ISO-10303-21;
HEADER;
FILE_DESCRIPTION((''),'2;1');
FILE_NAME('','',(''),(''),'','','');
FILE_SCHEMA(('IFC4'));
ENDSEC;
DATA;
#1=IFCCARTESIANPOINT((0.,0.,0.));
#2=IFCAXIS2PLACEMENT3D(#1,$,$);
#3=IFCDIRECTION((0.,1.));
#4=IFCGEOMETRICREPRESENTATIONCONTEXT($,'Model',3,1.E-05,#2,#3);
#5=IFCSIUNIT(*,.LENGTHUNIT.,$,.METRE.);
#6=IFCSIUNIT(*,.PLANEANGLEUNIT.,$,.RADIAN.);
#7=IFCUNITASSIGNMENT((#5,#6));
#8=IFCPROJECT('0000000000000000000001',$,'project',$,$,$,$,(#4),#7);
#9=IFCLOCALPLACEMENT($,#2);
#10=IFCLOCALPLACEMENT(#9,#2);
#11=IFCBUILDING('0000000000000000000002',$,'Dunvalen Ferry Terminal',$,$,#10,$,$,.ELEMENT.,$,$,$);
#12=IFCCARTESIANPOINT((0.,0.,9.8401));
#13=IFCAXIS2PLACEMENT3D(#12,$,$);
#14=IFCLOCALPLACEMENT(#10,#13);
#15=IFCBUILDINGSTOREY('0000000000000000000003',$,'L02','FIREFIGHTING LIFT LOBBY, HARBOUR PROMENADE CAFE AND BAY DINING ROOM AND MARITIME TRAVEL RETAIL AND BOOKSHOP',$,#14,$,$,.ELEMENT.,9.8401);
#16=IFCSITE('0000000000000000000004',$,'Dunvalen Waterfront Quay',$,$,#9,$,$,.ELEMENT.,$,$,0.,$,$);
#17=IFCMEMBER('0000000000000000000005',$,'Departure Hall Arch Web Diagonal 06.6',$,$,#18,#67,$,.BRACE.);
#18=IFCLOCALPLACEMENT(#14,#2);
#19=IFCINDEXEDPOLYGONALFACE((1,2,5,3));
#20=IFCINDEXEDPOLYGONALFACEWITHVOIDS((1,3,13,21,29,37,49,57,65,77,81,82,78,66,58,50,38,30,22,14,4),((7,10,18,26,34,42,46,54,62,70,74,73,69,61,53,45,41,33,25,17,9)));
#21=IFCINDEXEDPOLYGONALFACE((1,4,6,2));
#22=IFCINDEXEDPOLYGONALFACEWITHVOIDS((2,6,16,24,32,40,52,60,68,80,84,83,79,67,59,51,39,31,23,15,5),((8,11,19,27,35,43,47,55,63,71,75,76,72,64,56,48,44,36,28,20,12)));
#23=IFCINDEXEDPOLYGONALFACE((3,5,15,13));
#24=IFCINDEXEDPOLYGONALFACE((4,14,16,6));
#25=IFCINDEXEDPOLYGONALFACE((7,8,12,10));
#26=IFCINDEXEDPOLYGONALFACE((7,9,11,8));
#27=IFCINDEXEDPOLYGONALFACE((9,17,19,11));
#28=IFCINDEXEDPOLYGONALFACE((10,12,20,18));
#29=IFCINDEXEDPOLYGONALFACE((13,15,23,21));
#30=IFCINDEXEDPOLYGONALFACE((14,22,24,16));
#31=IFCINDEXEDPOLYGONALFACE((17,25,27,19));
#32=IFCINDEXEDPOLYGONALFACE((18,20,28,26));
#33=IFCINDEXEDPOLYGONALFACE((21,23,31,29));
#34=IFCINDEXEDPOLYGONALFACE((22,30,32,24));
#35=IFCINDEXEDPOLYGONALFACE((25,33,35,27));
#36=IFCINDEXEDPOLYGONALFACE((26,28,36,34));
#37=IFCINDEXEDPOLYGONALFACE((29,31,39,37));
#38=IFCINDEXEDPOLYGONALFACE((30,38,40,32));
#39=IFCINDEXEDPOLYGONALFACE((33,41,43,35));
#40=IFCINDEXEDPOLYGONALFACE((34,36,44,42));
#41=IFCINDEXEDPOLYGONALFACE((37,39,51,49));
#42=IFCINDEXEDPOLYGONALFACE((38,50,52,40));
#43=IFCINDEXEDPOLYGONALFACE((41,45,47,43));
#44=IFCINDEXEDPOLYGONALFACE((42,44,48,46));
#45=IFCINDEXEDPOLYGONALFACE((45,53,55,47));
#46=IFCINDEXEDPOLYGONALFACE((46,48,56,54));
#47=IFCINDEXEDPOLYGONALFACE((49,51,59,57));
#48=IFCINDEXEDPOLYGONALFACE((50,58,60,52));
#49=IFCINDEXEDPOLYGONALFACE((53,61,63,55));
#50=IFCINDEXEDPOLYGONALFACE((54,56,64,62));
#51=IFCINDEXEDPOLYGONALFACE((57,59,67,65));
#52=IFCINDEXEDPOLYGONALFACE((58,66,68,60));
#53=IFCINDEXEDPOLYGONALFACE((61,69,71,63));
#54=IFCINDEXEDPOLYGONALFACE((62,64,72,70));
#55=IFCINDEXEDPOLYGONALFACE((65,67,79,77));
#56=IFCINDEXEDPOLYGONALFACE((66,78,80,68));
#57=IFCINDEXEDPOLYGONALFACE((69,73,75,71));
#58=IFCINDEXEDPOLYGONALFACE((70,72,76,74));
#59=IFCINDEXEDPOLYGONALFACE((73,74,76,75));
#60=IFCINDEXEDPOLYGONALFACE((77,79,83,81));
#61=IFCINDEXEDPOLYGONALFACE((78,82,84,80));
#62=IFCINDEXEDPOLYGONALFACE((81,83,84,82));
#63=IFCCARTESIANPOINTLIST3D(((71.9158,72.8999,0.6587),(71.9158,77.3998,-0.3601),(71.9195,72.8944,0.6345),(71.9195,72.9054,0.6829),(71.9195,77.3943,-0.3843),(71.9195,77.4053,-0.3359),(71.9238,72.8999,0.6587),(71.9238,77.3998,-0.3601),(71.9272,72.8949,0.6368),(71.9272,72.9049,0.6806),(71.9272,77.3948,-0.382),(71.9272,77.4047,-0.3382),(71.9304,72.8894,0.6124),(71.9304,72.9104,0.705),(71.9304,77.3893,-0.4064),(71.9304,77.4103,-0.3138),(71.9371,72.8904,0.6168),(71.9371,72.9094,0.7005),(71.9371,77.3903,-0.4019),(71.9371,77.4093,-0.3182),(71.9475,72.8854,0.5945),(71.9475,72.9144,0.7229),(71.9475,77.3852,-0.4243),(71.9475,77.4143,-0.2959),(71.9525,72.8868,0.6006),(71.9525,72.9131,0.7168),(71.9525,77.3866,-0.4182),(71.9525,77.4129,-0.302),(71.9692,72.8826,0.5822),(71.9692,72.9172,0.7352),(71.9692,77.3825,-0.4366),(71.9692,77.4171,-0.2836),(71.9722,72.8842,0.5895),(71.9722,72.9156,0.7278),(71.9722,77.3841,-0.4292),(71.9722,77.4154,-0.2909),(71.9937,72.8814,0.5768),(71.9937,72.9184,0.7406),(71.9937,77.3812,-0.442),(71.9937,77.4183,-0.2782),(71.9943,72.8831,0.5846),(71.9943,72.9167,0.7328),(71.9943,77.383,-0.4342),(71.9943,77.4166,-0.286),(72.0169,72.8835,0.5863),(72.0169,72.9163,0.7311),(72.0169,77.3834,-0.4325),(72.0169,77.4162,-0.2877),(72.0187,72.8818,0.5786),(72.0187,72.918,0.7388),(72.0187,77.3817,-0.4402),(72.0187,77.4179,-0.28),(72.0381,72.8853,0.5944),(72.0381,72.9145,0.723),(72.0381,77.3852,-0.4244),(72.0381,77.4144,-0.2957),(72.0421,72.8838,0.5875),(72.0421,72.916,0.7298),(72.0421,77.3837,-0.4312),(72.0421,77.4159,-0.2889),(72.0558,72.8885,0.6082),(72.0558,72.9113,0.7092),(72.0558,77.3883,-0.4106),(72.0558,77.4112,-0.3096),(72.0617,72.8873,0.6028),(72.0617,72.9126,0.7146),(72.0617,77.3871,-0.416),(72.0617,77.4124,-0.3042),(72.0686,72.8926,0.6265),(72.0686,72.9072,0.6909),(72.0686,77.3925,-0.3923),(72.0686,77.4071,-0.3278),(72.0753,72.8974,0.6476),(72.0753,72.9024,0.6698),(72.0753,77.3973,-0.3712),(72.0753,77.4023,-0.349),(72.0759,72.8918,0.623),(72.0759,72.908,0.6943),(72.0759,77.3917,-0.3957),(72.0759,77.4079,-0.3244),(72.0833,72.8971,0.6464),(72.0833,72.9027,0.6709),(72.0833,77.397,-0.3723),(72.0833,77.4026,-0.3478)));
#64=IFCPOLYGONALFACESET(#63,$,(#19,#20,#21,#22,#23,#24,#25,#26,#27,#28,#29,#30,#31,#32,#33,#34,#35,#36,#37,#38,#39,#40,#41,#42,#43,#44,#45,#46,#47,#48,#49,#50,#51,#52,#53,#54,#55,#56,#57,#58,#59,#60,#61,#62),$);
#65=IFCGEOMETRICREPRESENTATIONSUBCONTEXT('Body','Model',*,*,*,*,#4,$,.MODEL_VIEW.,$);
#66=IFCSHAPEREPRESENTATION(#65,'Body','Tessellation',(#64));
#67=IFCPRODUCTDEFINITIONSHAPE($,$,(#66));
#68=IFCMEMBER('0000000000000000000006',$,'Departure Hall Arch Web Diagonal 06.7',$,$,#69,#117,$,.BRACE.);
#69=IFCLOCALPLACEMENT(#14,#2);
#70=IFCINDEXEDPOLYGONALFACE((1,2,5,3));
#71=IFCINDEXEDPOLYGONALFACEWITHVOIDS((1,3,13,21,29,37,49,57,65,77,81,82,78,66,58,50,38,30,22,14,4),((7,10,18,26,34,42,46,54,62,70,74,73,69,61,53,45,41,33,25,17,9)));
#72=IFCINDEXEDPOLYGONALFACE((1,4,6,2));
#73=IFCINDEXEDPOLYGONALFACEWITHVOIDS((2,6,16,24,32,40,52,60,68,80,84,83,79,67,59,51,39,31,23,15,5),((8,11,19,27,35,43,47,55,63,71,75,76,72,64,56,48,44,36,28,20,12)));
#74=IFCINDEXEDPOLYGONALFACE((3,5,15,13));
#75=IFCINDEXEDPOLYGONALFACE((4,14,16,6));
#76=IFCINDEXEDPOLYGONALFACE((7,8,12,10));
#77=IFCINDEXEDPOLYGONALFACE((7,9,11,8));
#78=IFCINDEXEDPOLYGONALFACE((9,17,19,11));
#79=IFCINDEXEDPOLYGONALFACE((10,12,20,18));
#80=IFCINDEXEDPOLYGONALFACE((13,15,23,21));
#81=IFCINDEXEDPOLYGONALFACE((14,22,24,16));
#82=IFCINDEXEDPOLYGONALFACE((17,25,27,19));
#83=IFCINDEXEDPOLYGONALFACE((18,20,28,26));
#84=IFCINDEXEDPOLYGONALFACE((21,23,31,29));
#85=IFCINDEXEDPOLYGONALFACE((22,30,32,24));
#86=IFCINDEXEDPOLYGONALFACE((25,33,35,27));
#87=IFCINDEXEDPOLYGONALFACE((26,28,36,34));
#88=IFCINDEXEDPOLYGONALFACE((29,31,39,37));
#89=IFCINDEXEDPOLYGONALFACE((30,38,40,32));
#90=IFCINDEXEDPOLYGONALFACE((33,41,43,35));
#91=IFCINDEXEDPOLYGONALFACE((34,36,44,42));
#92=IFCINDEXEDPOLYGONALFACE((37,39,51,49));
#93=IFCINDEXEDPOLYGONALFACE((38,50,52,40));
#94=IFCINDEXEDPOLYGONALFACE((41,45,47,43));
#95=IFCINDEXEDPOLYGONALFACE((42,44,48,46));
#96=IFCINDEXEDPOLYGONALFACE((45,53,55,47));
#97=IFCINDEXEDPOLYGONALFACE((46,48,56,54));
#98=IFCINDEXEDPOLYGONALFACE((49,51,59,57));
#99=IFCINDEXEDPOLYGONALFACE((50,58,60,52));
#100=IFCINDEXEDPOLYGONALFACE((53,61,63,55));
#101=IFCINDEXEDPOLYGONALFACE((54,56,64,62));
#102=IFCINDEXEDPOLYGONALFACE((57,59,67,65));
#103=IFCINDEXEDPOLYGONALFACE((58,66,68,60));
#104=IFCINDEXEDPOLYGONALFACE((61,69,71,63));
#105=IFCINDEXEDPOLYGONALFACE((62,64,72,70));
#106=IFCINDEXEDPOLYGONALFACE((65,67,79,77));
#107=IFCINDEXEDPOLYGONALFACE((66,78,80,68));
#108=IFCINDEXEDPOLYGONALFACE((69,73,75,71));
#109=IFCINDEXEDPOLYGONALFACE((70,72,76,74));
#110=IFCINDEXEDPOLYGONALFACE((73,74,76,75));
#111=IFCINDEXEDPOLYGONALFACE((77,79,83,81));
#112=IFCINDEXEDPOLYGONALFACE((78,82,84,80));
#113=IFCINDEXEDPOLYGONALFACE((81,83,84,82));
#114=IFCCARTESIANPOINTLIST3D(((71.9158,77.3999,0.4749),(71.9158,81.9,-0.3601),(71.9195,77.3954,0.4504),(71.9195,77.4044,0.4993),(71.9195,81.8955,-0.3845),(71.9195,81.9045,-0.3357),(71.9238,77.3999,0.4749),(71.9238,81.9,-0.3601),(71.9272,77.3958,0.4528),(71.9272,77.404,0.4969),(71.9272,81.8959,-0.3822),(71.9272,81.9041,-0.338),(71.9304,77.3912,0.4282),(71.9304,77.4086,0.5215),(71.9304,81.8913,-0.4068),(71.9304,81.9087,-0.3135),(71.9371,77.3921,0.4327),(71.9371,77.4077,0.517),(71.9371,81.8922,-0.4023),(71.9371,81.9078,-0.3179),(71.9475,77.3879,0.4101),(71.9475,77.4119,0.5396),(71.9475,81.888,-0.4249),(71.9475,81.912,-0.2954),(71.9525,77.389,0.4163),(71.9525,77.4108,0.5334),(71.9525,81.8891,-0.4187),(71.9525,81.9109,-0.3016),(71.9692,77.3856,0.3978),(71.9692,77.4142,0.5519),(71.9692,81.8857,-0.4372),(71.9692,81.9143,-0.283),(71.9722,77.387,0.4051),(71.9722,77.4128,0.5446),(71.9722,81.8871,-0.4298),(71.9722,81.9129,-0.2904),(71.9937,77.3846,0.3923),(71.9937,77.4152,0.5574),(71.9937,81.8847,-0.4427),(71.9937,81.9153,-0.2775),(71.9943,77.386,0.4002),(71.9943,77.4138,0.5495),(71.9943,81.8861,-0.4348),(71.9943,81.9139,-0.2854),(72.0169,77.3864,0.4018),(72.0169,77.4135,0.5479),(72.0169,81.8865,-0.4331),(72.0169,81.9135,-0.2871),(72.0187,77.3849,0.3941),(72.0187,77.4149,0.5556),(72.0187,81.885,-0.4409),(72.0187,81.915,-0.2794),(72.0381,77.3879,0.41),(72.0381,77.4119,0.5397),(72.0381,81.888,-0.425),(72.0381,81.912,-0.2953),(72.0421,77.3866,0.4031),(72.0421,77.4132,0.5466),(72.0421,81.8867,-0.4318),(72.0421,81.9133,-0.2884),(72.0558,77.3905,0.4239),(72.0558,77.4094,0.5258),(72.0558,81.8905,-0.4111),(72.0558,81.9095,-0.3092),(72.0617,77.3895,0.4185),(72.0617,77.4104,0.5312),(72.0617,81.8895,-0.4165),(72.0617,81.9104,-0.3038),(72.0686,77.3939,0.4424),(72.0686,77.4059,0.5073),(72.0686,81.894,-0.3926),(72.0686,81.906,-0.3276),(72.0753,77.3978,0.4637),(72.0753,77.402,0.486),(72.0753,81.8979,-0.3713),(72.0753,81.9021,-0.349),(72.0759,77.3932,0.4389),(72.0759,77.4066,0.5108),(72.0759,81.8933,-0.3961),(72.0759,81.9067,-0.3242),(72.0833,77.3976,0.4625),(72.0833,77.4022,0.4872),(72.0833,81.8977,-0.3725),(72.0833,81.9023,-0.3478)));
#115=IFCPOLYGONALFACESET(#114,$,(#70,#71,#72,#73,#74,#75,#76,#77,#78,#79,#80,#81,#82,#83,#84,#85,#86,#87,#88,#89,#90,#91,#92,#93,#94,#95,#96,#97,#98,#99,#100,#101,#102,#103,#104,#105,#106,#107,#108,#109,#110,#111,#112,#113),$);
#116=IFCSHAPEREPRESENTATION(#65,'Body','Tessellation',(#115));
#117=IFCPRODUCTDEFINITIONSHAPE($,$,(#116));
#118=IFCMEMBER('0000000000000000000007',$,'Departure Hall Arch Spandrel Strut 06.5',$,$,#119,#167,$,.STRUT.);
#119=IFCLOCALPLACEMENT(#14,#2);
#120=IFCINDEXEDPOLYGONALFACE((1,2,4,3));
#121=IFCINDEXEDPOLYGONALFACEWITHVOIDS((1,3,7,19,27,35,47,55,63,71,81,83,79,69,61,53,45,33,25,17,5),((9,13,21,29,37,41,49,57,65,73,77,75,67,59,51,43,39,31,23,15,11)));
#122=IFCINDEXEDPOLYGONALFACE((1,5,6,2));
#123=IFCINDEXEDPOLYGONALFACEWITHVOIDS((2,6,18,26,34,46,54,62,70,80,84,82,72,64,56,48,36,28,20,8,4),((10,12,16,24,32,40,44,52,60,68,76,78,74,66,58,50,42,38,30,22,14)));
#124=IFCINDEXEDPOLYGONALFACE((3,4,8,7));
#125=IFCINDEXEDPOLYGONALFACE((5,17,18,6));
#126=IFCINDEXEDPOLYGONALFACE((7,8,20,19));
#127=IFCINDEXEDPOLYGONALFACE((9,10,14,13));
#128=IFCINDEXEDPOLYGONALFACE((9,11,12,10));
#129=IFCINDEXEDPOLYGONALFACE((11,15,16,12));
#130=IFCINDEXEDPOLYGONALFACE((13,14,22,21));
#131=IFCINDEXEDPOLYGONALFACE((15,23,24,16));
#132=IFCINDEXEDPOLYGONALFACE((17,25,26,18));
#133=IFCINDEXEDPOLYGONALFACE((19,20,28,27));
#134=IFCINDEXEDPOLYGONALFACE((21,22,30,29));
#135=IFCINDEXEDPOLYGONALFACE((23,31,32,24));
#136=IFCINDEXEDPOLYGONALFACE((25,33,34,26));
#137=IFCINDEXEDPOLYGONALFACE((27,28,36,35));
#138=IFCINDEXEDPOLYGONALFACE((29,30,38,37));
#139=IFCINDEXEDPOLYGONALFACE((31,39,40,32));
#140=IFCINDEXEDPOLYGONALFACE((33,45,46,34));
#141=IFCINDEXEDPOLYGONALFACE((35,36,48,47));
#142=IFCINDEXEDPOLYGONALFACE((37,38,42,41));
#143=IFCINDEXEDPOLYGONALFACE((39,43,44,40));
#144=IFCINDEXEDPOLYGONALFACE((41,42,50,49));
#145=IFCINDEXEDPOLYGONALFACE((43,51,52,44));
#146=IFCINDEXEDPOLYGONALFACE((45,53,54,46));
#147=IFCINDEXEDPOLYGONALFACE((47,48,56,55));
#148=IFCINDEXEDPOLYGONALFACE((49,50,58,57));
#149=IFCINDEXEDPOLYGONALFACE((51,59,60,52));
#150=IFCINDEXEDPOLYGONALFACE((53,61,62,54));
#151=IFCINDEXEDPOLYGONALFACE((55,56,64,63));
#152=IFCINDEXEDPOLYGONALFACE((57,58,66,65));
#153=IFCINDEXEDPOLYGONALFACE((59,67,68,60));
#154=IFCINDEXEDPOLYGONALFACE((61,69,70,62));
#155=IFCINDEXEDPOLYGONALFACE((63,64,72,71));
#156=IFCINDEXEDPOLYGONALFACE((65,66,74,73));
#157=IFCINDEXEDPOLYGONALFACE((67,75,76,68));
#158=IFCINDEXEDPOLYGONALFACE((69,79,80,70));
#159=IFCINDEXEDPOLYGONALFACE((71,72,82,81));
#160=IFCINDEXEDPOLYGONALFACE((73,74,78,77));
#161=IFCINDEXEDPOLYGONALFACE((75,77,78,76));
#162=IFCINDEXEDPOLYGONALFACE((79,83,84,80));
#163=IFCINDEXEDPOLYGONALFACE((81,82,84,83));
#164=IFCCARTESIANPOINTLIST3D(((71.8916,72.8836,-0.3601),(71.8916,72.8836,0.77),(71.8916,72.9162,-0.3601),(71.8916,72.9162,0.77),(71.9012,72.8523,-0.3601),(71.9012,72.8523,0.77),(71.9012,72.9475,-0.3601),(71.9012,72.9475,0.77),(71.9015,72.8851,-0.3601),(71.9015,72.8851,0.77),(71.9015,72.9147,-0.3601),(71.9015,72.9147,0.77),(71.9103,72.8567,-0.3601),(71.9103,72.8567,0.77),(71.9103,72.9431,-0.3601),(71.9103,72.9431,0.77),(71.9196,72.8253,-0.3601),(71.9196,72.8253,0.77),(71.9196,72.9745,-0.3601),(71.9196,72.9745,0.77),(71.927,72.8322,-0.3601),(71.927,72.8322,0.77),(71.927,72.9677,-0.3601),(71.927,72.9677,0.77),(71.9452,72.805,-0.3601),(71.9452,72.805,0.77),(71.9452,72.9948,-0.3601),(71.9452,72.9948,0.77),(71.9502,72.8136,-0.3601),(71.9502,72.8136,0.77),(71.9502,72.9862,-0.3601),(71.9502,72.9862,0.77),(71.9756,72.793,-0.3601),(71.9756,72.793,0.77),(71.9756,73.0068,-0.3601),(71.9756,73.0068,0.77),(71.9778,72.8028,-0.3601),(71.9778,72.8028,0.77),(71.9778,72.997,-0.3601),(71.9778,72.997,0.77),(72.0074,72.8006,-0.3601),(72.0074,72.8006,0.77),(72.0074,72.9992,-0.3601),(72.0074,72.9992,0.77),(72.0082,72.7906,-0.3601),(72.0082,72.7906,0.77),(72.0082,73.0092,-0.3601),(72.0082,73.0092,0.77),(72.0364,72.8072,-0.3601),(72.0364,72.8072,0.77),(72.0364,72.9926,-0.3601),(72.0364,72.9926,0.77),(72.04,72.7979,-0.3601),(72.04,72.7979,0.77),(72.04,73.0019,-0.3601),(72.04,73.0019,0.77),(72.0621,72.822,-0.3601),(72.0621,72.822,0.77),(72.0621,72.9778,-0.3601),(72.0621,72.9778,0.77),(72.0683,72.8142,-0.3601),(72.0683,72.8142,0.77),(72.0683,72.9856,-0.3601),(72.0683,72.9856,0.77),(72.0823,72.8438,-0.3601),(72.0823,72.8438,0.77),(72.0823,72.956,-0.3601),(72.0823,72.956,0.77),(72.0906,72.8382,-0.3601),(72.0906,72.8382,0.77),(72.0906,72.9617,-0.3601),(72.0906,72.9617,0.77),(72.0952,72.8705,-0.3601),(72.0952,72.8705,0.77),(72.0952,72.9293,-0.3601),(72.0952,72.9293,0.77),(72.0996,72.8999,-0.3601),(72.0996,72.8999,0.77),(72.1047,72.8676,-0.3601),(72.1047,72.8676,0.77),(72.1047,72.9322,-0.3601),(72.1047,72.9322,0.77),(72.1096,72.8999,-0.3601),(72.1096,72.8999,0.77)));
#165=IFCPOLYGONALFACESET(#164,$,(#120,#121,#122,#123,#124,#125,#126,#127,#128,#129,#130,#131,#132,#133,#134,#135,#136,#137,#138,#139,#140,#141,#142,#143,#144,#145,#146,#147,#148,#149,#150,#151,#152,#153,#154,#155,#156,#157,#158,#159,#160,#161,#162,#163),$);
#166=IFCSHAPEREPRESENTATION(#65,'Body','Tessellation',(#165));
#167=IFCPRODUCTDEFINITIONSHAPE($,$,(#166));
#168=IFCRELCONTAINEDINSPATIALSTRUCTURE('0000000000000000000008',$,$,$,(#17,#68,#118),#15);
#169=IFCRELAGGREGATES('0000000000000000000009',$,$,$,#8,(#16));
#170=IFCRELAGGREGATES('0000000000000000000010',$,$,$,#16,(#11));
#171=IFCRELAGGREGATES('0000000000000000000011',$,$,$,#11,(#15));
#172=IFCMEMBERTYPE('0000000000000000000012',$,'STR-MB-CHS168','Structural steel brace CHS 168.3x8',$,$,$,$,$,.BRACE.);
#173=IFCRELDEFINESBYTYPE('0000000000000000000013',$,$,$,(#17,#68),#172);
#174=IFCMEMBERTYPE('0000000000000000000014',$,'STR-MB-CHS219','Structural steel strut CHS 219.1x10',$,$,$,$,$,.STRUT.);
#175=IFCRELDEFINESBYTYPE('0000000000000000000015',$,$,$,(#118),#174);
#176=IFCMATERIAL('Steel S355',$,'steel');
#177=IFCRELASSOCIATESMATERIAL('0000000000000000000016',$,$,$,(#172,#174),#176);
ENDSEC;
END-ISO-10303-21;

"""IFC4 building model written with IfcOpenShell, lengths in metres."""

from ifc_helpers import new_model, si_unit, direction, frame, origin, origin_2d, place, context, subcontext, project, spatial, hollow_circle, extrude, material, material_profile, profile_set, type_object, element, save


model = new_model("IFC4")

# Units and contexts
model_context = context("Model", 3, precision=1e-05, world=origin(), true_north=direction((0.0, 1.0)))
body_context = subcontext(model_context, "Body", "Model", "MODEL_VIEW")
ifc_project = project(units=[si_unit("LENGTHUNIT", "METRE"), si_unit("PLANEANGLEUNIT", "RADIAN")], contexts=[model_context])

# Site, building, storey
site_placement = place(None, origin())
site = spatial("IfcSite", under=ifc_project, at=site_placement, Name="Dunvalen Waterfront Quay", CompositionType="ELEMENT", RefElevation=0.0)
building_placement = place(site_placement, origin())
building = spatial("IfcBuilding", under=site, at=building_placement, Name="Dunvalen Ferry Terminal", CompositionType="ELEMENT")
storey_placement = place(building_placement, frame((0.0, 0.0, 9.8401)))
storey = spatial("IfcBuildingStorey", under=building, at=storey_placement, Name="L02", Description="FIREFIGHTING LIFT LOBBY, HARBOUR PROMENADE CAFE AND BAY DINING ROOM AND MARITIME TRAVEL RETAIL AND BOOKSHOP", CompositionType="ELEMENT", Elevation=9.8401)

# Shared definitions
ifc_material_1 = material(Name="Steel S355", Category="steel")

# Members
ifc_material_profile_1 = material_profile(ifc_material_1, hollow_circle(Radius=0.0842, WallThickness=0.0081, at=origin_2d()), Name="Steel S355")
ifc_profile_set_1 = profile_set([ifc_material_profile_1], Name="Steel S355")
member_type_1 = type_object("IfcMemberType", Name="STR-MB-CHS168", Description="Structural steel brace CHS 168.3x8", PredefinedType="BRACE", material=ifc_profile_set_1)
member_1_placement = place(storey_placement, frame((72.0, 72.8999, 0.6587), z_axis=(0.0, 0.975317, -0.220811), x_axis=(-1.0, 0.0, 0.0)))
element("IfcMember", 1, at=member_1_placement, inside=storey, type_object=member_type_1, Name="Departure Hall Arch Web Diagonal 06.6", PredefinedType="BRACE", context=body_context, shape_type="SweptSolid", body=[
    extrude(hollow_circle(Radius=0.0842, WallThickness=0.0081, at=origin_2d()), origin(), (0.0, 0.0, 1.0), 4.6138),
])
member_2_placement = place(storey_placement, frame((72.0, 77.3999, 0.4749), z_axis=(0.0, 0.983218, -0.182433), x_axis=(-1.0, 0.0, 0.0)))
element("IfcMember", 2, at=member_2_placement, inside=storey, type_object=member_type_1, Name="Departure Hall Arch Web Diagonal 06.7", PredefinedType="BRACE", context=body_context, shape_type="SweptSolid", body=[
    extrude(hollow_circle(Radius=0.0842, WallThickness=0.0081, at=origin_2d()), origin(), (0.0, 0.0, 1.0), 4.5769),
])
ifc_material_profile_2 = material_profile(ifc_material_1, hollow_circle(Radius=0.1096, WallThickness=0.01, at=origin_2d()), Name="Steel S355")
ifc_profile_set_2 = profile_set([ifc_material_profile_2], Name="Steel S355")
member_type_2 = type_object("IfcMemberType", Name="STR-MB-CHS219", Description="Structural steel strut CHS 219.1x10", PredefinedType="STRUT", material=ifc_profile_set_2)
for number, where, z_axis, x_axis, name in (
    (3, (72.0, 72.8999, -0.3601), (0.0, 0.0, 1.0), (1.0, 0.0, 0.0), "Departure Hall Arch Spandrel Strut 06.5"),
):
    element("IfcMember", number, at=place(storey_placement, frame(where, z_axis=z_axis, x_axis=x_axis)), inside=storey, type_object=member_type_2, Name=name, PredefinedType="STRUT", context=body_context, shape_type="SweptSolid", body=[
        extrude(hollow_circle(Radius=0.1096, WallThickness=0.01, at=origin_2d()), origin(), (0.0, 0.0, 1.0), 1.1301),
    ])

save(model, "model.ifc")
